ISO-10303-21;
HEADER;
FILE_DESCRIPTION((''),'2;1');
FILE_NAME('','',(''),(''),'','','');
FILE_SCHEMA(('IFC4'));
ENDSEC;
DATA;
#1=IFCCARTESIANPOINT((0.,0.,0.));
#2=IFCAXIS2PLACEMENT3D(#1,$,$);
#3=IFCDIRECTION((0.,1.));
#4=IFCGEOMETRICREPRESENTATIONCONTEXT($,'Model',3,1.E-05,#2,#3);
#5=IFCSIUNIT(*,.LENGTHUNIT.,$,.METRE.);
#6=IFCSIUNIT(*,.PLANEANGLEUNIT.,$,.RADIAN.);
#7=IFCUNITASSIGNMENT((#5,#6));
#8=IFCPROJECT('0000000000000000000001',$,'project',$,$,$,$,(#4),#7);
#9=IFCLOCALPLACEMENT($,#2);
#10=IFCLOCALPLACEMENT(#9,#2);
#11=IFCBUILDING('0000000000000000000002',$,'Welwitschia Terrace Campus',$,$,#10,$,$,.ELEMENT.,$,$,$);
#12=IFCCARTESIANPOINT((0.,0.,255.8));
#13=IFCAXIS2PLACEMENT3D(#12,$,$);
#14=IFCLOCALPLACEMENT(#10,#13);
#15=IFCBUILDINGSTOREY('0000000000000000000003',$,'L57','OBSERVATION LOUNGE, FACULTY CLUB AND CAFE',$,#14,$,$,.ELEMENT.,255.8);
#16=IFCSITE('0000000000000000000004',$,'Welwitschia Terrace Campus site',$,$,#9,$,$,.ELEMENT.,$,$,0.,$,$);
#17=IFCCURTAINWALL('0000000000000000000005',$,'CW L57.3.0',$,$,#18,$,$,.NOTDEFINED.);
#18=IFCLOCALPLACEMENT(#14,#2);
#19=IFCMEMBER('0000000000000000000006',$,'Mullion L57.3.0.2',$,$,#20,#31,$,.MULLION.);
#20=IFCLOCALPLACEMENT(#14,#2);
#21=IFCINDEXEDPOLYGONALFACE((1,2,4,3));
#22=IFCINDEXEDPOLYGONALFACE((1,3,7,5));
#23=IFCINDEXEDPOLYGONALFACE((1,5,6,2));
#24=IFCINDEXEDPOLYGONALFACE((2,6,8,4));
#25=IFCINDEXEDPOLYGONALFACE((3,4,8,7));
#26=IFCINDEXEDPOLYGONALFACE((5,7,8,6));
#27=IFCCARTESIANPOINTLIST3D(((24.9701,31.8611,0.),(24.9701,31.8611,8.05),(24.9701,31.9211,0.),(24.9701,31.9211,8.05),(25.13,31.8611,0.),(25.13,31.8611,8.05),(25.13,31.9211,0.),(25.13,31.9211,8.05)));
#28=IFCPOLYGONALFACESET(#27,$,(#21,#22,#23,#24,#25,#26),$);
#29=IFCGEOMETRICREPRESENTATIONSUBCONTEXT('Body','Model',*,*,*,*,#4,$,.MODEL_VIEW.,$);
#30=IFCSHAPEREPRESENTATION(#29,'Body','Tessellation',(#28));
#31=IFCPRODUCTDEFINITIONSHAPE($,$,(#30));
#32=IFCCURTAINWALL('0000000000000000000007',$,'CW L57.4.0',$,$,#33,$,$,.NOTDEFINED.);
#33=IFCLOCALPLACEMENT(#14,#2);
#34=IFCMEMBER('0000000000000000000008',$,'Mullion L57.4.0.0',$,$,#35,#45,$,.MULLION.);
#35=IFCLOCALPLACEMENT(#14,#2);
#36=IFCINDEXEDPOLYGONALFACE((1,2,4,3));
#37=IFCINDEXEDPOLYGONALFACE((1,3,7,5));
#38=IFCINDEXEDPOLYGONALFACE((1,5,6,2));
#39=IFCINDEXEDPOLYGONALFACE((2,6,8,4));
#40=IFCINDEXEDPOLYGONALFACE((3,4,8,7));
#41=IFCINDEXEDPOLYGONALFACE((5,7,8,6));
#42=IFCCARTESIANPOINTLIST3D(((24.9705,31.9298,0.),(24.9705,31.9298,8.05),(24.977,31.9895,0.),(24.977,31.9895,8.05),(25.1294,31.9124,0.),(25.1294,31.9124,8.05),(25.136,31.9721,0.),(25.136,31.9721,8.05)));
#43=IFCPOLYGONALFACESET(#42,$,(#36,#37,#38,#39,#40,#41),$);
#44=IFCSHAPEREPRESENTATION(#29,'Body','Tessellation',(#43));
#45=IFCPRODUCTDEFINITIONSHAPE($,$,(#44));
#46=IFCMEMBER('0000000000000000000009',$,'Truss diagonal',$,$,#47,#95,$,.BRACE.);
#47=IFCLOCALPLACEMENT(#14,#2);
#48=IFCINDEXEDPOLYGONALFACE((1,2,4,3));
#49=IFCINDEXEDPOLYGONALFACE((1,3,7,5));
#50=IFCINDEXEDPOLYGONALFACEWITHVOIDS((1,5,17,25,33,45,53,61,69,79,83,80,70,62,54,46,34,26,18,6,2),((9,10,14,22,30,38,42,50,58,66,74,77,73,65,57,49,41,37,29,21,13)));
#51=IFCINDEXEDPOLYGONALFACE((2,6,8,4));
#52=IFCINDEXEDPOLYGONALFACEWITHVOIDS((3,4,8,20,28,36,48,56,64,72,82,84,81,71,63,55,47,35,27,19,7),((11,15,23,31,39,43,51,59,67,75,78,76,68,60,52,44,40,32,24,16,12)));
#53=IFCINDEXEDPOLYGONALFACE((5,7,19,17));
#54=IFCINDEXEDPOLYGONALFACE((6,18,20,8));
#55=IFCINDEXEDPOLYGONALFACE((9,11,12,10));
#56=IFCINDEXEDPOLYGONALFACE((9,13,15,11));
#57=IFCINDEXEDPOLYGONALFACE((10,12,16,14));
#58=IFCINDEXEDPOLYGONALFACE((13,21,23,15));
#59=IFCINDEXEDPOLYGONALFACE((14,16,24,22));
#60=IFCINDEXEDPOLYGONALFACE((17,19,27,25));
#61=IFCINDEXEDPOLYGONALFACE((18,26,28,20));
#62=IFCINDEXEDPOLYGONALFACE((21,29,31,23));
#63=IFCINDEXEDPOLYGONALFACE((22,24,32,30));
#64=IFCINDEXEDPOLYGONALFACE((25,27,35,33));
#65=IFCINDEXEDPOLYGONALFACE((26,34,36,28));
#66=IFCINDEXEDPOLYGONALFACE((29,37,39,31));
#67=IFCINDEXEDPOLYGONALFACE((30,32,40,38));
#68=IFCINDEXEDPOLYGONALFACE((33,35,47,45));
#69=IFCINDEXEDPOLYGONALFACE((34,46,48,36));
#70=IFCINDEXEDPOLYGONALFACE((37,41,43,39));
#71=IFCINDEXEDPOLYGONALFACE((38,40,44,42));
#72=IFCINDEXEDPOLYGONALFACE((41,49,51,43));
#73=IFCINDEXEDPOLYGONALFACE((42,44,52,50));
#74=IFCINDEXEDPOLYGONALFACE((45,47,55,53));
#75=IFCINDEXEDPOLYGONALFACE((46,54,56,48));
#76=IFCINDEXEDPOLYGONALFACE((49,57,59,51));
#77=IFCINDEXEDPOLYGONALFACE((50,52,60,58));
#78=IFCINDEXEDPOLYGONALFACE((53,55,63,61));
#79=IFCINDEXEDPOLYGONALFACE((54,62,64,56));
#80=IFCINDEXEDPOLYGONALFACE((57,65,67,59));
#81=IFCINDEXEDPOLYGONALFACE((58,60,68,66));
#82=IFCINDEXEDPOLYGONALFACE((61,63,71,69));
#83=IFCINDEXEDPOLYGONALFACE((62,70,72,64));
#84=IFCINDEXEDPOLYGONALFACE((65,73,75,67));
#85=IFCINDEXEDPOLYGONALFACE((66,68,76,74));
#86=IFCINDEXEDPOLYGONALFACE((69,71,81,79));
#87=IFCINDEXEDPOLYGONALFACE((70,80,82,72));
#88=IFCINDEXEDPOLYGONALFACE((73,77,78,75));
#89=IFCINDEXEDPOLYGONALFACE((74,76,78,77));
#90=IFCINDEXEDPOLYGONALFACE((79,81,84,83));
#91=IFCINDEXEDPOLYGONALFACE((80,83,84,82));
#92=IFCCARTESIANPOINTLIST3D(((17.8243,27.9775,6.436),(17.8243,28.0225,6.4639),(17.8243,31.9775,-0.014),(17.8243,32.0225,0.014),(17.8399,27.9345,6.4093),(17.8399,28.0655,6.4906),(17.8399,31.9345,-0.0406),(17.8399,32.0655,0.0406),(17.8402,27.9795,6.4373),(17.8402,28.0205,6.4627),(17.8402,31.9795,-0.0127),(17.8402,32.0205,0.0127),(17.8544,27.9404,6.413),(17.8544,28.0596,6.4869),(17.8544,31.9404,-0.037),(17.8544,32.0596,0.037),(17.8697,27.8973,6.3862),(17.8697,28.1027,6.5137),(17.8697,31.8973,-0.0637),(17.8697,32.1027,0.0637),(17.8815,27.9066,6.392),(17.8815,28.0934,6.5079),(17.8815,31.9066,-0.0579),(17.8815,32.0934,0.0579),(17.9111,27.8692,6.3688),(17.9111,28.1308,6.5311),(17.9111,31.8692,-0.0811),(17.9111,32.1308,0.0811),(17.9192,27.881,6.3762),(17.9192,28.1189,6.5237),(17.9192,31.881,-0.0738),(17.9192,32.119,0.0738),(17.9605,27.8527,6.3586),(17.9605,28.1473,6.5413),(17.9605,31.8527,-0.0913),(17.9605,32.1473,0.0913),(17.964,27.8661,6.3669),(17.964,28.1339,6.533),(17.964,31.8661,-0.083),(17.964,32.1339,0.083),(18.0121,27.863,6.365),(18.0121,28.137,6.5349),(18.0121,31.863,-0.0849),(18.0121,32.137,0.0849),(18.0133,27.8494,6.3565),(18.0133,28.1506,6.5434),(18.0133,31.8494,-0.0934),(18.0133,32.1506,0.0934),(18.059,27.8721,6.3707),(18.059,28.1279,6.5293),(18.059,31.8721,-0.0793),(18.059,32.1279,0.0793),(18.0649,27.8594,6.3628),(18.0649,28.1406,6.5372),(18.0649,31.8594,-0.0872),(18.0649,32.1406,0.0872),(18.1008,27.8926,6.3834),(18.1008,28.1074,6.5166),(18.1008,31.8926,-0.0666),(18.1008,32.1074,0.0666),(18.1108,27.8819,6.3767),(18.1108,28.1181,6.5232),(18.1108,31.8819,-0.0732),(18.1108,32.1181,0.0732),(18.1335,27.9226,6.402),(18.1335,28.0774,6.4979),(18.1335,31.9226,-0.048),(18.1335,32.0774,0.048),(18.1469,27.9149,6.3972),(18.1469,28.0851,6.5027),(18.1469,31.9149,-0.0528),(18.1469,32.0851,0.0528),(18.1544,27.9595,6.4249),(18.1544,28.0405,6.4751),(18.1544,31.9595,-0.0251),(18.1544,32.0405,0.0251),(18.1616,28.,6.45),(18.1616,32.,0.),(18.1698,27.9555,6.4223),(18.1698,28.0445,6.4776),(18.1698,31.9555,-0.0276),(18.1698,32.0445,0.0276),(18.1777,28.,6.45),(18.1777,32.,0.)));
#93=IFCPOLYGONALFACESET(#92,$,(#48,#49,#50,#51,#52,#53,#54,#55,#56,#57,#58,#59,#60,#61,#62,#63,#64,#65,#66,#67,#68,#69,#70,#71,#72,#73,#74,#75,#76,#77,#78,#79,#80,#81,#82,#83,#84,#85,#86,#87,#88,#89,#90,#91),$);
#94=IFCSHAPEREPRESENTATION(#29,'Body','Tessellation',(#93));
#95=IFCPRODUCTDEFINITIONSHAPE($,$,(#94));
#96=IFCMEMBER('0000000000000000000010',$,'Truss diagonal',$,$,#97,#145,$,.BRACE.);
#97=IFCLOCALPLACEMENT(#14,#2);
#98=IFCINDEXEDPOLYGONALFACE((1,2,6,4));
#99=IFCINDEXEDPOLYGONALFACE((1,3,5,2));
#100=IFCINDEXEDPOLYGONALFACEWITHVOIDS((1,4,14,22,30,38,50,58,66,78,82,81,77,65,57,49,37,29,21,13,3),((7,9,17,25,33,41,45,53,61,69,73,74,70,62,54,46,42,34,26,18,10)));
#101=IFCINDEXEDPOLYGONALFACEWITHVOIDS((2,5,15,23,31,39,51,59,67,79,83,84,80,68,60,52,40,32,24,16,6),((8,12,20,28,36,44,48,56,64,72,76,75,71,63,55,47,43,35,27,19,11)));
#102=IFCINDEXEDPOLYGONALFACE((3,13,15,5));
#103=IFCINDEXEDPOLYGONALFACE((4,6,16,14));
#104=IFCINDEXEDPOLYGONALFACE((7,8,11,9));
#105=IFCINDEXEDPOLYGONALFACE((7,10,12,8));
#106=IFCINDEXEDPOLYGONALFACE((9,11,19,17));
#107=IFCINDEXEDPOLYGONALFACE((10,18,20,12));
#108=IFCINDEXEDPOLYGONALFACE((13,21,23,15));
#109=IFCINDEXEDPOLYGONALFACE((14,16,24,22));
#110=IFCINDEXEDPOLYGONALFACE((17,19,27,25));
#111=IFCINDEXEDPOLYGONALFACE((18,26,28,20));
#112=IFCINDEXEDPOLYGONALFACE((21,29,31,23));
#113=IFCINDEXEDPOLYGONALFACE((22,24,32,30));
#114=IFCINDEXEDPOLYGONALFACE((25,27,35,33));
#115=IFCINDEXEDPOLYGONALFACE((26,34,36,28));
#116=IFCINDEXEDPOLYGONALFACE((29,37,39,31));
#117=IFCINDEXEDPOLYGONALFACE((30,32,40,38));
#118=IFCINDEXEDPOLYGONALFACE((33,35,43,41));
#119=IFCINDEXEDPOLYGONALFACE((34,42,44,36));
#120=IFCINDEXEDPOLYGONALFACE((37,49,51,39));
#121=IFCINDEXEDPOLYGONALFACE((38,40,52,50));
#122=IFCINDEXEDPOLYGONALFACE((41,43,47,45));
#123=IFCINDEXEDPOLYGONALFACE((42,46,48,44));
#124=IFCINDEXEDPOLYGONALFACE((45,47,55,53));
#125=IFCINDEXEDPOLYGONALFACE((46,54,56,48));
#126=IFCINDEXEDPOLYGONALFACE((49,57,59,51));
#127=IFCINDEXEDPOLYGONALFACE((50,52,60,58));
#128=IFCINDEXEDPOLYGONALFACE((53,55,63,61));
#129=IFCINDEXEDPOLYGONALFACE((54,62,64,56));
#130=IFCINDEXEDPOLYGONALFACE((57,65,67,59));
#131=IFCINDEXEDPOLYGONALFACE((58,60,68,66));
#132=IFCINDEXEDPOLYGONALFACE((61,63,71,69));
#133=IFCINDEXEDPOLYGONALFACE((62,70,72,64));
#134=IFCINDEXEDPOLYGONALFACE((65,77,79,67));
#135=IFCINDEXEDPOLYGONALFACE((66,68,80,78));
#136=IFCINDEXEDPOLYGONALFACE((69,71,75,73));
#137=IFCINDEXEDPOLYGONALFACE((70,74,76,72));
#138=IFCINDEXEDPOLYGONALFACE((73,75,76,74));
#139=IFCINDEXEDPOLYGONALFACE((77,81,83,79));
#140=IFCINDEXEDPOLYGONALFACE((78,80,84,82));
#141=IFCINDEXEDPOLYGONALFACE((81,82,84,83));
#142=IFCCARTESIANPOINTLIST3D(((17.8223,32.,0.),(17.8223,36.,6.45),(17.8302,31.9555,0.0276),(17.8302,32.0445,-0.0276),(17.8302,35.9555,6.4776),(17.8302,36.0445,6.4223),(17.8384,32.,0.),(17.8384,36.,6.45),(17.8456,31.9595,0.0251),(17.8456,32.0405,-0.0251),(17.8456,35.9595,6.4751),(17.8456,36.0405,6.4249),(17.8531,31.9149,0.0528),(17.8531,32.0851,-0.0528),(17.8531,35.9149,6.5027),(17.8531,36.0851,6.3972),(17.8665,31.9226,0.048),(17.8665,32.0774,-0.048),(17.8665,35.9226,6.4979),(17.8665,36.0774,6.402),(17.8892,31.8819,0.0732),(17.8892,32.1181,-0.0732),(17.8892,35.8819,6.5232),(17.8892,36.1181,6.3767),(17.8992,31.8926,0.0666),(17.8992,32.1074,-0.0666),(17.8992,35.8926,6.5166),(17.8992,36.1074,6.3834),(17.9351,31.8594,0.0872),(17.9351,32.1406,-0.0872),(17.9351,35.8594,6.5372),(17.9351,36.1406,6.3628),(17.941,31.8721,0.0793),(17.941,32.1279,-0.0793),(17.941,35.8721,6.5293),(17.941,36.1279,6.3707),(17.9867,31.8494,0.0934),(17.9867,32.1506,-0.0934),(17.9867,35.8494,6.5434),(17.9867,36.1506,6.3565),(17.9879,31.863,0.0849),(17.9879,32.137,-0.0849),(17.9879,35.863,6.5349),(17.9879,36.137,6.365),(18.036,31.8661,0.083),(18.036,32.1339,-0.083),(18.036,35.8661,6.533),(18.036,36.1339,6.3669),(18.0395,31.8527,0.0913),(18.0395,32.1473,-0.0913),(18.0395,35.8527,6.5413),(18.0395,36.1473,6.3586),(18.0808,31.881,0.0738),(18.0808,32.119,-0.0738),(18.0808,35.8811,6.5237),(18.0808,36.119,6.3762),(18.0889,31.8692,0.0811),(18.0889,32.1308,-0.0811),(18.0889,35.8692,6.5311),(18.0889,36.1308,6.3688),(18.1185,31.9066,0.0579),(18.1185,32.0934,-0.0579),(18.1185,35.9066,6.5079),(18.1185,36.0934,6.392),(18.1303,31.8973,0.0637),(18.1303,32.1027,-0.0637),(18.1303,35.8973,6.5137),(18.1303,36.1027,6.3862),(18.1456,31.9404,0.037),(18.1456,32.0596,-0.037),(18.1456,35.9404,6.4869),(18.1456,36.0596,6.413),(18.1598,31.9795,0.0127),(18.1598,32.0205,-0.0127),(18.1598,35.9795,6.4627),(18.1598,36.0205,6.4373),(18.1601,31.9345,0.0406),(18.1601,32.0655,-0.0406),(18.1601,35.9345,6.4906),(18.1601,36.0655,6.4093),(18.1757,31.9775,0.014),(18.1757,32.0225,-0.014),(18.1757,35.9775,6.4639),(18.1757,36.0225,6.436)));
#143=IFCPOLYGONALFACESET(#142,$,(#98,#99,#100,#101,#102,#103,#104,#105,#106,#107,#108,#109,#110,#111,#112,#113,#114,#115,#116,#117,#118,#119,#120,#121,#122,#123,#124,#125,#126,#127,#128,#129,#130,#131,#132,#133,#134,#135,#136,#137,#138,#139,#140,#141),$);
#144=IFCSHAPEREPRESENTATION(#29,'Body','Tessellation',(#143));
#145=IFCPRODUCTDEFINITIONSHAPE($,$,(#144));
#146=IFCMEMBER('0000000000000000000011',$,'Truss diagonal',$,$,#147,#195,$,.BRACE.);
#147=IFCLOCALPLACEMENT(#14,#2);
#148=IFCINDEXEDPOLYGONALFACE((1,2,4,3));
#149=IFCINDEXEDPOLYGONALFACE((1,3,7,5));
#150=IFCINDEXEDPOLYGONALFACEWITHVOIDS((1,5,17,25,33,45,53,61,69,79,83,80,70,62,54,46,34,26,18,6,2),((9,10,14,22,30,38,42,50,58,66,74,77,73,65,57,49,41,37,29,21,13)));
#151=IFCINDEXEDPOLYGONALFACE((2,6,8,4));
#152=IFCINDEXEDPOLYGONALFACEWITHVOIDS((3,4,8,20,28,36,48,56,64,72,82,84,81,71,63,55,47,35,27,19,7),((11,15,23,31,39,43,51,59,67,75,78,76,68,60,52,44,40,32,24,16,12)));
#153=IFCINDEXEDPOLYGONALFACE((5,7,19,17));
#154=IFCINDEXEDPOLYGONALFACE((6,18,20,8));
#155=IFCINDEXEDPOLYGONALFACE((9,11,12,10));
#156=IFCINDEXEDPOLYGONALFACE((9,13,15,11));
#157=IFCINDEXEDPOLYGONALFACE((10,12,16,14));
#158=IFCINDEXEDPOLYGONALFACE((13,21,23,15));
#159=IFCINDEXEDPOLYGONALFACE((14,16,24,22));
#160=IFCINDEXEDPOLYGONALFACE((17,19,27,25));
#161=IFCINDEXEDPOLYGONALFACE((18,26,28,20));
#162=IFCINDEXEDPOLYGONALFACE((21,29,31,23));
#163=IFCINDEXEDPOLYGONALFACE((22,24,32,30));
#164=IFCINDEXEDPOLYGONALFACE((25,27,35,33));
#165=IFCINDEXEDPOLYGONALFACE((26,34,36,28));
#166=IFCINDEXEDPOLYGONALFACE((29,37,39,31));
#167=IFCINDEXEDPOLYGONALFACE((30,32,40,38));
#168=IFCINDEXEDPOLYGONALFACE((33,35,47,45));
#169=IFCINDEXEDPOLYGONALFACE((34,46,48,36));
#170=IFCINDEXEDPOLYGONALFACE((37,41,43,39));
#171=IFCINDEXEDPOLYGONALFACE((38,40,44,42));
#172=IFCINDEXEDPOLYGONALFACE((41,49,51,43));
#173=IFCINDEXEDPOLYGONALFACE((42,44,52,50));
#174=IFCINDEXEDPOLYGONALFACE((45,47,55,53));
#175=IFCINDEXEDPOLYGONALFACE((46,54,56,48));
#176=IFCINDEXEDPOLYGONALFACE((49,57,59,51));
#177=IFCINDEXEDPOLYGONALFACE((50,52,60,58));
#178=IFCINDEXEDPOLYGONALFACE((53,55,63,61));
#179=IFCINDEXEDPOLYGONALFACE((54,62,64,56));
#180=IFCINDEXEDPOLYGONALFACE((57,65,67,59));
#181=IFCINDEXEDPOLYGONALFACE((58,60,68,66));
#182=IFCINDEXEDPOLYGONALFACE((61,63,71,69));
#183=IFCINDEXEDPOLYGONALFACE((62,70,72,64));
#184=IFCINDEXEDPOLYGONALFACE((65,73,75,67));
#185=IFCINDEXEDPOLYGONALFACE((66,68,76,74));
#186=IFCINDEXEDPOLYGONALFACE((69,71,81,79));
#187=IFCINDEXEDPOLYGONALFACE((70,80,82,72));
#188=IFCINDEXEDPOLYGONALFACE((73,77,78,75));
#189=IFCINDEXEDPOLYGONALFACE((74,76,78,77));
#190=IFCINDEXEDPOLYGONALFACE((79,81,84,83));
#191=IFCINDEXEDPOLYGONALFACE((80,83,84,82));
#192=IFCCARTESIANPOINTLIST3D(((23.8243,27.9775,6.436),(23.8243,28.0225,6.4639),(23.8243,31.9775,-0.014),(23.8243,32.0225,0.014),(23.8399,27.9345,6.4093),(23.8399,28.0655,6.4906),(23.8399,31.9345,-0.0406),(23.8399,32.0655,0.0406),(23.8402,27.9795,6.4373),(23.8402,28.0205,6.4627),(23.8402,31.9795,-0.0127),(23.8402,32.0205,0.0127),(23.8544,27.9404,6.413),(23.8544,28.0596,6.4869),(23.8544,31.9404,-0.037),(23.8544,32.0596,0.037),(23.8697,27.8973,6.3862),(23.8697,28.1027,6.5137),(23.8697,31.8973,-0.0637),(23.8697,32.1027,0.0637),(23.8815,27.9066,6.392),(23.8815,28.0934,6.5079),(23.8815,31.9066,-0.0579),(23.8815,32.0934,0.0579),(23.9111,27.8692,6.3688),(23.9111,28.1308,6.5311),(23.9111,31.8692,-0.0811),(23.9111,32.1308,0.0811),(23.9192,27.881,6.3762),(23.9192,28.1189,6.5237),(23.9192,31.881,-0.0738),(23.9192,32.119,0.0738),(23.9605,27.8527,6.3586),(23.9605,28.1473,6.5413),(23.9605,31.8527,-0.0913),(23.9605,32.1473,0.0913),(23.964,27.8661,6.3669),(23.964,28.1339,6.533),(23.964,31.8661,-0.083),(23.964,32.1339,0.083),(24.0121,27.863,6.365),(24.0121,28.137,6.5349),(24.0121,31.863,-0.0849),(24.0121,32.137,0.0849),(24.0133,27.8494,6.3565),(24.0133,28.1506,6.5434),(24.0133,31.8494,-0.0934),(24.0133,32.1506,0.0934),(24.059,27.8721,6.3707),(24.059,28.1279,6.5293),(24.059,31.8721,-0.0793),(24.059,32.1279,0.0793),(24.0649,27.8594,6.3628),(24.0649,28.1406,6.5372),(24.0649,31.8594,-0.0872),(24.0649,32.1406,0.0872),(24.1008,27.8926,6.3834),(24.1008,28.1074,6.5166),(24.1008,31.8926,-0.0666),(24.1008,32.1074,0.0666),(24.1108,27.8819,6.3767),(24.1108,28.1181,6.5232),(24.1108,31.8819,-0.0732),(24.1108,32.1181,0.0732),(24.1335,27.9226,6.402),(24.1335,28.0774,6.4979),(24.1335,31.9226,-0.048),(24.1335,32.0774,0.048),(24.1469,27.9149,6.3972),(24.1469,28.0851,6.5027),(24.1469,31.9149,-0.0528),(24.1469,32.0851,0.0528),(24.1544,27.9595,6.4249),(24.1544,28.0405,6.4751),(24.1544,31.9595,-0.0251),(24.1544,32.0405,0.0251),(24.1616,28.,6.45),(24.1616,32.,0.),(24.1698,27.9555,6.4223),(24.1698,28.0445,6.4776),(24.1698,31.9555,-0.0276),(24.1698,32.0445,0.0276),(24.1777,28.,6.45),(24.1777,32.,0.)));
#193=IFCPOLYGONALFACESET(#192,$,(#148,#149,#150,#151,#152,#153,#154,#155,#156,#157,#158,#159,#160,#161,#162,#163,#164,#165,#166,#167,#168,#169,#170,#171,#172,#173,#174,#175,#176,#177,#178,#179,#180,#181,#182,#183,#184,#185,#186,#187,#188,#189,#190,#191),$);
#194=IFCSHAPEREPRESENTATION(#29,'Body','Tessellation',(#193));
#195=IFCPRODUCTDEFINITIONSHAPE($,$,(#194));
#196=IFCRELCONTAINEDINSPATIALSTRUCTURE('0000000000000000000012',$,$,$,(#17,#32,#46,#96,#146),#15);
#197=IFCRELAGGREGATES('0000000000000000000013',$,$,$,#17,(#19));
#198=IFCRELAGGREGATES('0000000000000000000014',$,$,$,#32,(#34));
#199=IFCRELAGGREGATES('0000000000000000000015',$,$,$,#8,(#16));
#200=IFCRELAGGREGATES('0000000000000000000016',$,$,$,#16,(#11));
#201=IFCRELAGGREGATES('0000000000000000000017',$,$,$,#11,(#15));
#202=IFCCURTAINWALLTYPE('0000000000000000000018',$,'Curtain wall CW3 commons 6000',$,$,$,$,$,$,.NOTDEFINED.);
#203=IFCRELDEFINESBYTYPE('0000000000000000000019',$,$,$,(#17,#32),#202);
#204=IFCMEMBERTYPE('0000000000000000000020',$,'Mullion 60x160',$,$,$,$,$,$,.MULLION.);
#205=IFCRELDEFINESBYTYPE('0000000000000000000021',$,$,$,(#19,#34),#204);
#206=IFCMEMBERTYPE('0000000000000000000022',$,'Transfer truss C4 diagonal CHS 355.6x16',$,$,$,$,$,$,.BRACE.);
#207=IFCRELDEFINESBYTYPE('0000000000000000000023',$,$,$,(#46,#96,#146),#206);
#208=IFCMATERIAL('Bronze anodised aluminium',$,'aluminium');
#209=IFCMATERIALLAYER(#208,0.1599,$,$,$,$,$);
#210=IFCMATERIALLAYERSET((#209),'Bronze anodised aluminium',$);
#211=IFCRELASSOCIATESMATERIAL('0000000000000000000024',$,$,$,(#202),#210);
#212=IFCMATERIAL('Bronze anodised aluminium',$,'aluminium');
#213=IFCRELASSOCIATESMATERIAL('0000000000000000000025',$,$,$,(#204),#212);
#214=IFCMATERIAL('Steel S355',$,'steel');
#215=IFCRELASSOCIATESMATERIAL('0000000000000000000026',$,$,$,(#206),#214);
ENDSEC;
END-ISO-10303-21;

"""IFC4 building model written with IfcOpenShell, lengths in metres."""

from ifc_helpers import new_model, si_unit, direction, frame, origin, origin_2d, place, context, subcontext, project, spatial, rectangle, hollow_circle, extrude, material, layer, layer_set, material_profile, profile_set, type_object, element, aggregate, save


model = new_model("IFC4")

# Units and contexts
model_context = context("Model", 3, precision=1e-05, world=origin(), true_north=direction((0.0, 1.0)))
body_context = subcontext(model_context, "Body", "Model", "MODEL_VIEW")
ifc_project = project(units=[si_unit("LENGTHUNIT", "METRE"), si_unit("PLANEANGLEUNIT", "RADIAN")], contexts=[model_context])

# Site, building, storey
site_placement = place(None, origin())
site = spatial("IfcSite", under=ifc_project, at=site_placement, Name="Welwitschia Terrace Campus site", CompositionType="ELEMENT", RefElevation=0.0)
building_placement = place(site_placement, origin())
building = spatial("IfcBuilding", under=site, at=building_placement, Name="Welwitschia Terrace Campus", CompositionType="ELEMENT")
storey_placement = place(building_placement, frame((0.0, 0.0, 255.8)))
storey = spatial("IfcBuildingStorey", under=building, at=storey_placement, Name="L57", Description="OBSERVATION LOUNGE, FACULTY CLUB AND CAFE", CompositionType="ELEMENT", Elevation=255.8)

# Curtain walls, members
ifc_material_1 = material(Name="Bronze anodised aluminium", Category="aluminium")
ifc_layer_1 = layer(ifc_material_1, 0.1599)
ifc_layer_set_1 = layer_set([ifc_layer_1], Name="Bronze anodised aluminium")
curtain_wall_type = type_object("IfcCurtainWallType", Name="Curtain wall CW3 commons 6000", PredefinedType="NOTDEFINED", material=ifc_layer_set_1)
curtain_wall_1_placement = place(storey_placement, origin())
curtain_wall_1 = element("IfcCurtainWall", 1, at=curtain_wall_1_placement, inside=storey, type_object=curtain_wall_type, Name="CW L57.3.0", PredefinedType="NOTDEFINED")
ifc_material_2 = material(Name="Bronze anodised aluminium", Category="aluminium")
ifc_material_profile_1 = material_profile(ifc_material_2, rectangle(XDim=0.1599, YDim=0.0601, at=origin_2d()))
ifc_profile_set_1 = profile_set([ifc_material_profile_1], Name="Bronze anodised aluminium")
member_type_1 = type_object("IfcMemberType", Name="Mullion 60x160", PredefinedType="MULLION", material=ifc_profile_set_1)
member_1_placement = place(storey_placement, frame((25.05, 31.8911, 0.0), z_axis=(0.0, 0.0, 1.0), x_axis=(-1.0, 0.0, 0.0)))
member_1 = element("IfcMember", 2, at=member_1_placement, type_object=member_type_1, Name="Mullion L57.3.0.2", PredefinedType="MULLION", context=body_context, shape_type="SweptSolid", body=[
    extrude(rectangle(XDim=0.1599, YDim=0.0601, at=origin_2d()), origin(), (0.0, 0.0, 1.0), 8.05),
])
aggregate(curtain_wall_1, [member_1])
curtain_wall_2_placement = place(storey_placement, origin())
curtain_wall_2 = element("IfcCurtainWall", 3, at=curtain_wall_2_placement, inside=storey, type_object=curtain_wall_type, Name="CW L57.4.0", PredefinedType="NOTDEFINED")
member_2_placement = place(storey_placement, frame((25.0532, 31.9509, 0.0), z_axis=(0.0, 0.0, 1.0), x_axis=(-0.994056, 0.108867, 0.0)))
member_2 = element("IfcMember", 4, at=member_2_placement, type_object=member_type_1, Name="Mullion L57.4.0.0", PredefinedType="MULLION", context=body_context, shape_type="SweptSolid", body=[
    extrude(rectangle(XDim=0.1599, YDim=0.0601, at=origin_2d()), origin(), (0.0, 0.0, 1.0), 8.05),
])

# Members
ifc_material_3 = material(Name="Steel S355", Category="steel")
ifc_material_profile_2 = material_profile(ifc_material_3, hollow_circle(Radius=0.1777, WallThickness=0.0161, at=origin_2d()))
ifc_profile_set_2 = profile_set([ifc_material_profile_2], Name="Steel S355")
member_type_2 = type_object("IfcMemberType", Name="Transfer truss C4 diagonal CHS 355.6x16", PredefinedType="BRACE", material=ifc_profile_set_2)
for number, where, z_axis, x_axis, name in (
    (5, (18.0, 32.0, 0.0), (0.0, -0.527038, 0.849842), (1.0, 0.0, 0.0), "Truss diagonal"),
    (6, (18.0, 32.0, 0.0), (0.0, 0.527038, 0.849842), (-1.0, 0.0, 0.0), "Truss diagonal"),
    (7, (24.0, 32.0, 0.0), (0.0, -0.527038, 0.849842), (1.0, 0.0, 0.0), "Truss diagonal"),
):
    element("IfcMember", number, at=place(storey_placement, frame(where, z_axis=z_axis, x_axis=x_axis)), inside=storey, type_object=member_type_2, Name=name, PredefinedType="BRACE", context=body_context, shape_type="SweptSolid", body=[
        extrude(hollow_circle(Radius=0.1777, WallThickness=0.0161, at=origin_2d()), origin(), (0.0, 0.0, 1.0), 7.5896),
    ])

aggregate(curtain_wall_2, [member_2])

save(model, "model.ifc")
